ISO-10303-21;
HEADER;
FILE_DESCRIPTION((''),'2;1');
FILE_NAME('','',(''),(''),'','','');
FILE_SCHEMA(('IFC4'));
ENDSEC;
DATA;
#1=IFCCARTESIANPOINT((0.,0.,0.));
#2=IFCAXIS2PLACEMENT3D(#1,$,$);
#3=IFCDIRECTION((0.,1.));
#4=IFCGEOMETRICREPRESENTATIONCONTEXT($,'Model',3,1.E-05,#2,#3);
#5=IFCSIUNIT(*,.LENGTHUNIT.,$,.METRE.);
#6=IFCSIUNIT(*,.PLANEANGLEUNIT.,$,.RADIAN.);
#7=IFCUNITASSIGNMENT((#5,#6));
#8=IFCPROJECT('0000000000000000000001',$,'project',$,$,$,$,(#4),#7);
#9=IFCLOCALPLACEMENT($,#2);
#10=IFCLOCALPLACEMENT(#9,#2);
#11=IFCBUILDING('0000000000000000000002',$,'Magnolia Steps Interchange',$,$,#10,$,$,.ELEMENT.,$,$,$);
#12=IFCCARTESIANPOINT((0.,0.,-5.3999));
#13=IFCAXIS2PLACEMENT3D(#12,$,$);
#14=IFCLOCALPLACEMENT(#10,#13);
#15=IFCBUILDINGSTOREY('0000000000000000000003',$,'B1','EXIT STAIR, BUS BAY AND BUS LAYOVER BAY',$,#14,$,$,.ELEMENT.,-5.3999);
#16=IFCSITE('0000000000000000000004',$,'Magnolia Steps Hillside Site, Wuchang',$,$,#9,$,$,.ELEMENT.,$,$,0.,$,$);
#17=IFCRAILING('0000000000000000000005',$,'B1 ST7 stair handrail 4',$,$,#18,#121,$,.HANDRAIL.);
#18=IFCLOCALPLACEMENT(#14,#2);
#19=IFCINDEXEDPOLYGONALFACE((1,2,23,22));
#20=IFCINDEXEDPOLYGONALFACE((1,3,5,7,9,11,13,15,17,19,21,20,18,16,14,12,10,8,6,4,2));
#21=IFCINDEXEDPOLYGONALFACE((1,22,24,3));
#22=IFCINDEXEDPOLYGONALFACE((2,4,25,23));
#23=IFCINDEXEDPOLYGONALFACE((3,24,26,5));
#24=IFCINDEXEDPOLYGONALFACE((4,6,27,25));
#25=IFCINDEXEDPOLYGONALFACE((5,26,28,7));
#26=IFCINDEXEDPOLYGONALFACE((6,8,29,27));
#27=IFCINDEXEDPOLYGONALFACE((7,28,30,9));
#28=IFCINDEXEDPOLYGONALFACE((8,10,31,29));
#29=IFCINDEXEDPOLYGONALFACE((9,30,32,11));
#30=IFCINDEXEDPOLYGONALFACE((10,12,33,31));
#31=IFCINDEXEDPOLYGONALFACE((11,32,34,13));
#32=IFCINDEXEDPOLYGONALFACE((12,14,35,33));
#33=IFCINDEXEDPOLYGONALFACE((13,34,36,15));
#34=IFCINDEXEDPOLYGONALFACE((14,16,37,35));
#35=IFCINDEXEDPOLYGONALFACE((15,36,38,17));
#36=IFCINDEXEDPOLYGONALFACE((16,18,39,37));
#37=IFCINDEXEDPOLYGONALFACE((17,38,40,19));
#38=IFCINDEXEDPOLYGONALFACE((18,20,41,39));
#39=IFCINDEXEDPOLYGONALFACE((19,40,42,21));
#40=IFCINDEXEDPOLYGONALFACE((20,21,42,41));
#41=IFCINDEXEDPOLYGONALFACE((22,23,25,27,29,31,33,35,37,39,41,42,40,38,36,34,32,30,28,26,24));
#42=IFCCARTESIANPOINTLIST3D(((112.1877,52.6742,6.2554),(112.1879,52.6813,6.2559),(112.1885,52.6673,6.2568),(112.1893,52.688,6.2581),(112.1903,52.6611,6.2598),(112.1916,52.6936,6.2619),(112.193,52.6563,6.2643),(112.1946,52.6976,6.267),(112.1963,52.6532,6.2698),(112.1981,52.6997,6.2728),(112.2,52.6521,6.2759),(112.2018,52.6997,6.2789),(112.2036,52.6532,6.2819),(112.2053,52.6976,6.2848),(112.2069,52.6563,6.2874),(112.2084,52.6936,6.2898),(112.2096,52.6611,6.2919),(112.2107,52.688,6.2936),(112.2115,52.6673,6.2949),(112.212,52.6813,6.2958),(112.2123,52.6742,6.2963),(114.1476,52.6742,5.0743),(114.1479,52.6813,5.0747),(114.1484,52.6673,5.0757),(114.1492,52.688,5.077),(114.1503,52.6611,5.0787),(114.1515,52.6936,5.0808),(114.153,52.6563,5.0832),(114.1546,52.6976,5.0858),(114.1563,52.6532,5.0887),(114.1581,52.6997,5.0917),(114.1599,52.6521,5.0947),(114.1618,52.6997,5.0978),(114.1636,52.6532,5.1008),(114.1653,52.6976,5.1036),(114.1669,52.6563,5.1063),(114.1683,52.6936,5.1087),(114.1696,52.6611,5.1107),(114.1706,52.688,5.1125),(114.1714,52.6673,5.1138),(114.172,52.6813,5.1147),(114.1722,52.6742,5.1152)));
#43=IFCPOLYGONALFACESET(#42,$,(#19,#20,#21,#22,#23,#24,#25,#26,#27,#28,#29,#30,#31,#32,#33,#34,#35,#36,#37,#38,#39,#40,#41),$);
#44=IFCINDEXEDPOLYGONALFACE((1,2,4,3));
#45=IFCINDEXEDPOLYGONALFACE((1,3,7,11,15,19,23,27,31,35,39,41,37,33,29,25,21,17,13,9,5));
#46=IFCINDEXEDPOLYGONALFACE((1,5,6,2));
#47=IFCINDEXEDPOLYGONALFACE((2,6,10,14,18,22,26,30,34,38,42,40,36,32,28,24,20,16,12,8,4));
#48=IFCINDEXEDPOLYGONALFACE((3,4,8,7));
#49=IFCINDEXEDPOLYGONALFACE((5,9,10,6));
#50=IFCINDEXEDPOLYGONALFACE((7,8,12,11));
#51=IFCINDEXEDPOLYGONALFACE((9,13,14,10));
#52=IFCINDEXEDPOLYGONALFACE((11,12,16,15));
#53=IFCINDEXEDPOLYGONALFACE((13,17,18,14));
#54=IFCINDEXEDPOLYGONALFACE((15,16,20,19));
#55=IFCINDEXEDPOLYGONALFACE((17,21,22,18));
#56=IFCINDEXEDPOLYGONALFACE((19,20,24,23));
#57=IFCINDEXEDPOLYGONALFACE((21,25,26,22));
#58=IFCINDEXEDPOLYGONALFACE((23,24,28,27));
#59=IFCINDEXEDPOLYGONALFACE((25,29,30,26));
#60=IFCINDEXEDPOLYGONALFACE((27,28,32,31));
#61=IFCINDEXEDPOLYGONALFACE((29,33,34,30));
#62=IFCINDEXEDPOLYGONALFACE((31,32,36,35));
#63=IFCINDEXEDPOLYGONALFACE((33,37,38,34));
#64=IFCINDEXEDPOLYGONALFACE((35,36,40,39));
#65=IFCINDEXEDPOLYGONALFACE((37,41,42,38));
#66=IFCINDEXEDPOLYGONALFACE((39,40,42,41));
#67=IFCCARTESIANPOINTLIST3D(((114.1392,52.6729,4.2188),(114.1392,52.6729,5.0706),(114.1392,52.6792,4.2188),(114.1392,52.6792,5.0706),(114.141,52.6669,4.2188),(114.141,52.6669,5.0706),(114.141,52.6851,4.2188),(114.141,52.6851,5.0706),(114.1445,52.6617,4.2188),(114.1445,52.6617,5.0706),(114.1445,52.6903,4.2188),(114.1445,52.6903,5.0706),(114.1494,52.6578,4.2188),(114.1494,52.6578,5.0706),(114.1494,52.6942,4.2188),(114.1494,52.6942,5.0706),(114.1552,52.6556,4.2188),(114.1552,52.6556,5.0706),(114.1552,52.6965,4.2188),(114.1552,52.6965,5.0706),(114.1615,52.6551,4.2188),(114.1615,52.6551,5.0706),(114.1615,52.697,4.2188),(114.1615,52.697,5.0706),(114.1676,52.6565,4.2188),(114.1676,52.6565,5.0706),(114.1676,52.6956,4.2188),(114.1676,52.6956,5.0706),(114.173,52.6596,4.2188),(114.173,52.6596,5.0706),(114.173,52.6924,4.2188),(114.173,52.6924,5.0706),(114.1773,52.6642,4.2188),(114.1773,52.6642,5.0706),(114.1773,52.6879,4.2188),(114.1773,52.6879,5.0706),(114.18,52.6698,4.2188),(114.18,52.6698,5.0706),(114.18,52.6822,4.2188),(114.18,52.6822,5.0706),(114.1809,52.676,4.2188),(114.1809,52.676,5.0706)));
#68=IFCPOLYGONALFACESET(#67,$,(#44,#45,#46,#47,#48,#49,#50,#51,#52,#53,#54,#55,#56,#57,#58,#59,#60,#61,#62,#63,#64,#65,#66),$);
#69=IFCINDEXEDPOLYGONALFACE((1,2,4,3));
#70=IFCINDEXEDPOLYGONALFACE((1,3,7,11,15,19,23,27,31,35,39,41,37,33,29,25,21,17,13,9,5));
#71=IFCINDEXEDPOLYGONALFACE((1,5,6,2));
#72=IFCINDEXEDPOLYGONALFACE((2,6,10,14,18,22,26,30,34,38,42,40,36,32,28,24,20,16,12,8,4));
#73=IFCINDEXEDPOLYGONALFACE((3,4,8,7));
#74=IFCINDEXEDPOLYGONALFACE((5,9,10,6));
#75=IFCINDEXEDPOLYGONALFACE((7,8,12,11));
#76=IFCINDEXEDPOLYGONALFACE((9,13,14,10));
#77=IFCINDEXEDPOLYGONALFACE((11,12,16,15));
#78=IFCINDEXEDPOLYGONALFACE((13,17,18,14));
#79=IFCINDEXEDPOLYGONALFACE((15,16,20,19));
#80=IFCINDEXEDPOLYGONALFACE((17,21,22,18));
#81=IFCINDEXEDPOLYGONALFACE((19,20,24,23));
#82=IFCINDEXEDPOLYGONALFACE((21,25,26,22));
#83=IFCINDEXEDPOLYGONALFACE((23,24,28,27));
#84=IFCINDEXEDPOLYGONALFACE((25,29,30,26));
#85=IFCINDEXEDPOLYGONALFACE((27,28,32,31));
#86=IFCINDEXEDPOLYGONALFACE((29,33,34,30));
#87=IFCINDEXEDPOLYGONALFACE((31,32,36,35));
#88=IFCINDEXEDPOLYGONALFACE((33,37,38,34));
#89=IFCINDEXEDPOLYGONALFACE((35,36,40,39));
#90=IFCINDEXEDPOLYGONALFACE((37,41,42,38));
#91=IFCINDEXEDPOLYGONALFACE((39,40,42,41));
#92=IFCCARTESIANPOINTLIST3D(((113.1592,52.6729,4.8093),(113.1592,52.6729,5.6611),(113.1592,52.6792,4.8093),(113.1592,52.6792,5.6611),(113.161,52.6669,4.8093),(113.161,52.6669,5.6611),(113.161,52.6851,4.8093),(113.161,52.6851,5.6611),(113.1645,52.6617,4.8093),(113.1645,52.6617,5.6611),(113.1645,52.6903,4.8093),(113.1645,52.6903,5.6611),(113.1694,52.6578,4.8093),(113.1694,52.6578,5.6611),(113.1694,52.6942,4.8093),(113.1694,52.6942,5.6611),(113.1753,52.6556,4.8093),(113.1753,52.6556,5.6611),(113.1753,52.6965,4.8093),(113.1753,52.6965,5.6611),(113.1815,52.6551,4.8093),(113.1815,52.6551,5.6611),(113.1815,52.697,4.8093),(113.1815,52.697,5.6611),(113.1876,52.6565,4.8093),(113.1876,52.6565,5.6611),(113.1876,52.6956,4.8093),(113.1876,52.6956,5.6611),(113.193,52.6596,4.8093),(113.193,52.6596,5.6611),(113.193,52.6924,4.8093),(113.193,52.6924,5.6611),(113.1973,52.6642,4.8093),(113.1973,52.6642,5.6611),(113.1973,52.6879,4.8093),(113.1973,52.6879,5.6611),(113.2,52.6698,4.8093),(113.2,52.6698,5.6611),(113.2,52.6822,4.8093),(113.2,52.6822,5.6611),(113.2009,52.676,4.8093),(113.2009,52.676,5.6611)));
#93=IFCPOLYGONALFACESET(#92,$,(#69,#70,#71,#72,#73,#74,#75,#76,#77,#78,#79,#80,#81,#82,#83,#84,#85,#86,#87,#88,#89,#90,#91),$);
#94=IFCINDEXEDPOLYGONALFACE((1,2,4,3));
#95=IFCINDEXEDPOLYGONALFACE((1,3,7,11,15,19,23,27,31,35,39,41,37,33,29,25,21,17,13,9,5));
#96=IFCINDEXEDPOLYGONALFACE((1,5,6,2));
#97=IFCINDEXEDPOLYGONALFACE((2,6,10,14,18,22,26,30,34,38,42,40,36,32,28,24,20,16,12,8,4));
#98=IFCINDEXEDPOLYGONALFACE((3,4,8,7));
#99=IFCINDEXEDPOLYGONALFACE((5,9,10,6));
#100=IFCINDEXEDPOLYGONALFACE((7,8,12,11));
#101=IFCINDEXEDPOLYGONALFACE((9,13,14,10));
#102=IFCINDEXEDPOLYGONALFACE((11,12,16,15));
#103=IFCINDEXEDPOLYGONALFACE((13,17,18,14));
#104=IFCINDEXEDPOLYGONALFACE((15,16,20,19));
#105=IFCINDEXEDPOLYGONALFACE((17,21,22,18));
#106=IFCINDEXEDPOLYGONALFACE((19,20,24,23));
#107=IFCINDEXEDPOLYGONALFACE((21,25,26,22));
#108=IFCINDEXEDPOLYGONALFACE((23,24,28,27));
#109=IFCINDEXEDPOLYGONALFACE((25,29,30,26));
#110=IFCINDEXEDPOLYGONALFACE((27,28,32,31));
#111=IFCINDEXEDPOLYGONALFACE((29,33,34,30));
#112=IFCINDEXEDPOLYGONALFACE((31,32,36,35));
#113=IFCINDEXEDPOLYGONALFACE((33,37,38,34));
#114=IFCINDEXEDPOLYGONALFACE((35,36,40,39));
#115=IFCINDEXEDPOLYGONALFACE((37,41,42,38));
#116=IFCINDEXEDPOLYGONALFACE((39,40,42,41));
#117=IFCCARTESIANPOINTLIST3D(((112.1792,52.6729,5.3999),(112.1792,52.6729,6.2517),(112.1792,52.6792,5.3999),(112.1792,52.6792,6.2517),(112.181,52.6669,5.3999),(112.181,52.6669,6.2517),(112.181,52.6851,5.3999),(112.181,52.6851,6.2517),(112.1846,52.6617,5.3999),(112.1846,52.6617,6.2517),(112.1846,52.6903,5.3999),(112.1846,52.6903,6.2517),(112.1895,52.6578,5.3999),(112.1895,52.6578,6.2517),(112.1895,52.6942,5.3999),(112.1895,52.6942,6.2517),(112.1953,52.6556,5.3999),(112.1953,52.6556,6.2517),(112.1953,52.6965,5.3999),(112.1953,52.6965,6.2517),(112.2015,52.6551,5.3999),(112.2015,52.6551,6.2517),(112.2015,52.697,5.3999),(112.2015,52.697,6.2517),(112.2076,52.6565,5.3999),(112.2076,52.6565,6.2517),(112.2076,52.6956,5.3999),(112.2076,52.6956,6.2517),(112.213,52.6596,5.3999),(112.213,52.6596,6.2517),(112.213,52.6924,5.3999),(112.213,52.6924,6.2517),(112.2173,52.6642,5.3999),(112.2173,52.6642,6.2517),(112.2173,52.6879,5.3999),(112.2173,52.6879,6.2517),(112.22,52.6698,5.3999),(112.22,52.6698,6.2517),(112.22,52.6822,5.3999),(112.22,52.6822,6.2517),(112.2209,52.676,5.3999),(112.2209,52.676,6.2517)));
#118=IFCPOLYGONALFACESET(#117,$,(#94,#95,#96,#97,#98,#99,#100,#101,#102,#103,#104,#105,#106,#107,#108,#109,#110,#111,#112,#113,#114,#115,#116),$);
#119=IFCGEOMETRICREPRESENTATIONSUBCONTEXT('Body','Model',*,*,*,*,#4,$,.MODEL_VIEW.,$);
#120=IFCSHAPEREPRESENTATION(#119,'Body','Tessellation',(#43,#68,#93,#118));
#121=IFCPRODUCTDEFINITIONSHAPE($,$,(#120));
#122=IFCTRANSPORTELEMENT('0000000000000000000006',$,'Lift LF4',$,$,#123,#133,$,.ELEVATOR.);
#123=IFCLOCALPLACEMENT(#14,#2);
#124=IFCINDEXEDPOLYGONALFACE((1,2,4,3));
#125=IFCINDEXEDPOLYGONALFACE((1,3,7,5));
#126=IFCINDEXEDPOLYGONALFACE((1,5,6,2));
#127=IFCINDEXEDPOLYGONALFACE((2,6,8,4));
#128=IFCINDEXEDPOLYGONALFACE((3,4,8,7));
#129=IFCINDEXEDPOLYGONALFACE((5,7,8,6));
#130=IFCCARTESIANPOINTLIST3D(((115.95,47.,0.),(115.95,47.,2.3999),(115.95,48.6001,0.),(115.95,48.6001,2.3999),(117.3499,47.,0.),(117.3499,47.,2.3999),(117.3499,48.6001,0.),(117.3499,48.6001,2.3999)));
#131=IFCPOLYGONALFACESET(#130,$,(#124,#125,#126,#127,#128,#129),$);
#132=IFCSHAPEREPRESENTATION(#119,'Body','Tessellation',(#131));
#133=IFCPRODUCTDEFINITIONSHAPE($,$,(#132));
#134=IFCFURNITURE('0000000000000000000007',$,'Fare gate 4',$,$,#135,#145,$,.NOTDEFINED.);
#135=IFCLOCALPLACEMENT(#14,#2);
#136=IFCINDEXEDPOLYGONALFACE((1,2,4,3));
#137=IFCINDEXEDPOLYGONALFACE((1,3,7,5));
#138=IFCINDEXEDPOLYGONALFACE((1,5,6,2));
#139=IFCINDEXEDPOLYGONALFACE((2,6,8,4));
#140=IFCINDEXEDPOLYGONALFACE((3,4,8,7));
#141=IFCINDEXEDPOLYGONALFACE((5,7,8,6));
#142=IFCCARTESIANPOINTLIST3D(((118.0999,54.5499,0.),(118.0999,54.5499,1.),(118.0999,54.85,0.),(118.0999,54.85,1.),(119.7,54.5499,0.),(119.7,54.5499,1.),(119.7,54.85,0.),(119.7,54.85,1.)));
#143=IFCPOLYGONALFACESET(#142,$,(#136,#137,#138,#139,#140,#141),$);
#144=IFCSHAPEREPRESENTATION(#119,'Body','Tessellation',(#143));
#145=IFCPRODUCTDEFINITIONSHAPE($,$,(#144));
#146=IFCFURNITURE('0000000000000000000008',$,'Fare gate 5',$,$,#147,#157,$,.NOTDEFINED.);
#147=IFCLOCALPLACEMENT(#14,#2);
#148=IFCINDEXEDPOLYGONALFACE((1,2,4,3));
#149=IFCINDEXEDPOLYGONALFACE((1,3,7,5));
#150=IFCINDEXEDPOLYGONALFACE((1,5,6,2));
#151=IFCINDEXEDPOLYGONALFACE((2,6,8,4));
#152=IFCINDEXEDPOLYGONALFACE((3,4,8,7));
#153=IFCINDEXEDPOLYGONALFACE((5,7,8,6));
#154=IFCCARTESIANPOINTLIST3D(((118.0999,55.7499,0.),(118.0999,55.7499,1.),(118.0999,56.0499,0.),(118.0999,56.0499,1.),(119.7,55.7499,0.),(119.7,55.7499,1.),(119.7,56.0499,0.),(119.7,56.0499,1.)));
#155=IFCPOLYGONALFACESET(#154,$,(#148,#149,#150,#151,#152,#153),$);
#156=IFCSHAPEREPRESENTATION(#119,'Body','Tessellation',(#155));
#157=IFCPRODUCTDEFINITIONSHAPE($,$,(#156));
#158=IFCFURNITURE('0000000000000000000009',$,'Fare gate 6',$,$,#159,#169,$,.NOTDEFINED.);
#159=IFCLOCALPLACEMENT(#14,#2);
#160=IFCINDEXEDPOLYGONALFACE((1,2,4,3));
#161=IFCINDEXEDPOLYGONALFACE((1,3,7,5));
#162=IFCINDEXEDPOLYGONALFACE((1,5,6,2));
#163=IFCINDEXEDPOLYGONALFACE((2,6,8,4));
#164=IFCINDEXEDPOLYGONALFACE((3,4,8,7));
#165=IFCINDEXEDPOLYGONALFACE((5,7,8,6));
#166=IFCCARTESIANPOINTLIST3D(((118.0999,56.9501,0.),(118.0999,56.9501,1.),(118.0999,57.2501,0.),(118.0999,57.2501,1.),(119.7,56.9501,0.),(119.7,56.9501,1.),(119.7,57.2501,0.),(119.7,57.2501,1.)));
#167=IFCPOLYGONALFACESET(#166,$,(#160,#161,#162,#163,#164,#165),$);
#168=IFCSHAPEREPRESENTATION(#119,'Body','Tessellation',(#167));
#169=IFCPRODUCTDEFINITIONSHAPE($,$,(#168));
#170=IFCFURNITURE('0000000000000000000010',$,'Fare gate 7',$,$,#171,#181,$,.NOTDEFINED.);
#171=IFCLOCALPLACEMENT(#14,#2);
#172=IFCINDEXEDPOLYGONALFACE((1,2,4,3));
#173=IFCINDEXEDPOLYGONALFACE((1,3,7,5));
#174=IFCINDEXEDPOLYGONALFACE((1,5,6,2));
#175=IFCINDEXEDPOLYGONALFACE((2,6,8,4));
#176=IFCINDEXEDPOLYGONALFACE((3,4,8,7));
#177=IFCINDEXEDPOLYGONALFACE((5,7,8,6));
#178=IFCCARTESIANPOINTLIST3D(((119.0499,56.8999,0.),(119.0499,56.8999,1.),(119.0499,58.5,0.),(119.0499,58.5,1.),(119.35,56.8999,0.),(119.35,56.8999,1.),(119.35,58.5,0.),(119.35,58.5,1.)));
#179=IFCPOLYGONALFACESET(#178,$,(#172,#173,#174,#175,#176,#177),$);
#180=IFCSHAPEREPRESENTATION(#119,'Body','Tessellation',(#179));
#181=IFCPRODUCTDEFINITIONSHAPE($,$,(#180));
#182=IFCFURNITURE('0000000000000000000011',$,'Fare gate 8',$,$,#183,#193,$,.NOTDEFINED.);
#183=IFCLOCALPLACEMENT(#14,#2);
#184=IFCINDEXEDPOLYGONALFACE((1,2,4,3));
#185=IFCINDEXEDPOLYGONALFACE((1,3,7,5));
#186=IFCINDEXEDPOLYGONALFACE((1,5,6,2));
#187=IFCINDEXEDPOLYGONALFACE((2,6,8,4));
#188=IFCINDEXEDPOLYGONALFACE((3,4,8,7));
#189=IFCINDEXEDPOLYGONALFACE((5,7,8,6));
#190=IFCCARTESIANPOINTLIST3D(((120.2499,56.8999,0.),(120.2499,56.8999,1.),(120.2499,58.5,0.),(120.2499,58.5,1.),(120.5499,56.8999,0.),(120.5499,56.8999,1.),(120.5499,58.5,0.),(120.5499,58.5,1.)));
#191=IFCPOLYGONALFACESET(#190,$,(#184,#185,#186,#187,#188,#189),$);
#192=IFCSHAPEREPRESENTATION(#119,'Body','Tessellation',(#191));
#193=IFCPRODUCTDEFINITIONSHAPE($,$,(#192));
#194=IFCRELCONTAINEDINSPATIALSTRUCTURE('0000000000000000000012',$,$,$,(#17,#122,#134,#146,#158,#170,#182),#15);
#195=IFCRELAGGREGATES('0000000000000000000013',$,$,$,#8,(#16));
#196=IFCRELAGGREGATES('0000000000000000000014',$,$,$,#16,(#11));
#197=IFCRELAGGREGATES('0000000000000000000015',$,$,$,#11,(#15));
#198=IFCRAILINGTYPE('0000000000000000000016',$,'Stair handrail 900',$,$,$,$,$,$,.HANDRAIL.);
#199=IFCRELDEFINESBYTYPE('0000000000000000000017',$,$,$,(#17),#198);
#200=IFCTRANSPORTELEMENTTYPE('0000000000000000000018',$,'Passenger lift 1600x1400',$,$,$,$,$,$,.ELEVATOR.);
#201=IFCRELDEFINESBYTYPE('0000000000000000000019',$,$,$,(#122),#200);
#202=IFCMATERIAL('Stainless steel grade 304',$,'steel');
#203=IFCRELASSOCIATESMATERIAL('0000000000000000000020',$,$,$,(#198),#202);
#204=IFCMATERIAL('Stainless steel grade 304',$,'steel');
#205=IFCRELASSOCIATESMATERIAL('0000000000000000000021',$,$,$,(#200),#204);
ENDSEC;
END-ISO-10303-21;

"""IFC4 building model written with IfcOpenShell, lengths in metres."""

from ifc_helpers import new_model, si_unit, direction, frame, origin, origin_2d, place, context, subcontext, project, spatial, rectangle, circle, extrude, material, type_object, element, save


model = new_model("IFC4")

# Units and contexts
model_context = context("Model", 3, precision=1e-05, world=origin(), true_north=direction((0.0, 1.0)))
body_context = subcontext(model_context, "Body", "Model", "MODEL_VIEW")
ifc_project = project(units=[si_unit("LENGTHUNIT", "METRE"), si_unit("PLANEANGLEUNIT", "RADIAN")], contexts=[model_context])

# Site, building, storey
site_placement = place(None, origin())
site = spatial("IfcSite", under=ifc_project, at=site_placement, Name="Magnolia Steps Hillside Site, Wuchang", CompositionType="ELEMENT", RefElevation=0.0)
building_placement = place(site_placement, origin())
building = spatial("IfcBuilding", under=site, at=building_placement, Name="Magnolia Steps Interchange", CompositionType="ELEMENT")
storey_placement = place(building_placement, frame((0.0, 0.0, -5.3999)))
storey = spatial("IfcBuildingStorey", under=building, at=storey_placement, Name="B1", Description="EXIT STAIR, BUS BAY AND BUS LAYOVER BAY", CompositionType="ELEMENT", Elevation=-5.3999)

# Railing
ifc_material_1 = material(Name="Stainless steel grade 304", Category="steel")
railing_type_1 = type_object("IfcRailingType", Name="Stair handrail 900", PredefinedType="HANDRAIL", material=ifc_material_1)
railing_1_placement = place(storey_placement, frame((114.1599, 52.676, 4.2188)))
element("IfcRailing", 1, at=railing_1_placement, inside=storey, type_object=railing_type_1, Name="B1 ST7 stair handrail 4", PredefinedType="HANDRAIL", context=body_context, shape_type="SweptSolid", body=[
    extrude(circle(Radius=0.0239, at=origin_2d()), frame((0.0, 0.0, 0.876), z_axis=(-0.856493, 0.0, 0.516158), x_axis=(0.0, -1.0, 0.0)), (0.0, 0.0, 1.0), 2.2883),
    extrude(circle(Radius=0.021, at=origin_2d()), origin(), (0.0, 0.0, 1.0), 0.8518),
    extrude(circle(Radius=0.021, at=origin_2d()), frame((-0.98, 0.0, 0.5906)), (0.0, 0.0, 1.0), 0.8518),
    extrude(circle(Radius=0.021, at=origin_2d()), frame((-1.96, 0.0, 1.1812)), (0.0, 0.0, 1.0), 0.8518),
])

# Transport element
ifc_material_2 = material(Name="Stainless steel grade 304", Category="steel")
transport_element_type = type_object("IfcTransportElementType", Name="Passenger lift 1600x1400", PredefinedType="ELEVATOR", material=ifc_material_2)
transport_element_placement = place(storey_placement, frame((116.6499, 47.8, 0.0), z_axis=(0.0, 0.0, 1.0), x_axis=(0.0, -1.0, 0.0)))
element("IfcTransportElement", 2, at=transport_element_placement, inside=storey, type_object=transport_element_type, Name="Lift LF4", PredefinedType="ELEVATOR", context=body_context, shape_type="SweptSolid", body=[
    extrude(rectangle(XDim=1.6001, YDim=1.3999, at=origin_2d()), origin(), (0.0, 0.0, 1.0), 2.3999),
])

# Furniture
for number, where, z_axis, x_axis, name in (
    (3, (118.8999, 54.7, 0.0), (0.0, 0.0, 1.0), (0.0, 1.0, 0.0), "Fare gate 4"),
    (4, (118.8999, 55.8999, 0.0), (0.0, 0.0, 1.0), (0.0, 1.0, 0.0), "Fare gate 5"),
    (5, (118.8999, 57.1001, 0.0), (0.0, 0.0, 1.0), (0.0, 1.0, 0.0), "Fare gate 6"),
    (6, (119.2, 57.7, 0.0), (0.0, 0.0, 1.0), (1.0, 0.0, 0.0), "Fare gate 7"),
    (7, (120.3999, 57.7, 0.0), (0.0, 0.0, 1.0), (1.0, 0.0, 0.0), "Fare gate 8"),
):
    element("IfcFurniture", number, at=place(storey_placement, frame(where, z_axis=z_axis, x_axis=x_axis)), inside=storey, Name=name, PredefinedType="NOTDEFINED", context=body_context, shape_type="SweptSolid", body=[
        extrude(rectangle(XDim=0.3, YDim=1.6001, at=origin_2d()), origin(), (0.0, 0.0, 1.0), 1.0),
    ])

save(model, "model.ifc")
